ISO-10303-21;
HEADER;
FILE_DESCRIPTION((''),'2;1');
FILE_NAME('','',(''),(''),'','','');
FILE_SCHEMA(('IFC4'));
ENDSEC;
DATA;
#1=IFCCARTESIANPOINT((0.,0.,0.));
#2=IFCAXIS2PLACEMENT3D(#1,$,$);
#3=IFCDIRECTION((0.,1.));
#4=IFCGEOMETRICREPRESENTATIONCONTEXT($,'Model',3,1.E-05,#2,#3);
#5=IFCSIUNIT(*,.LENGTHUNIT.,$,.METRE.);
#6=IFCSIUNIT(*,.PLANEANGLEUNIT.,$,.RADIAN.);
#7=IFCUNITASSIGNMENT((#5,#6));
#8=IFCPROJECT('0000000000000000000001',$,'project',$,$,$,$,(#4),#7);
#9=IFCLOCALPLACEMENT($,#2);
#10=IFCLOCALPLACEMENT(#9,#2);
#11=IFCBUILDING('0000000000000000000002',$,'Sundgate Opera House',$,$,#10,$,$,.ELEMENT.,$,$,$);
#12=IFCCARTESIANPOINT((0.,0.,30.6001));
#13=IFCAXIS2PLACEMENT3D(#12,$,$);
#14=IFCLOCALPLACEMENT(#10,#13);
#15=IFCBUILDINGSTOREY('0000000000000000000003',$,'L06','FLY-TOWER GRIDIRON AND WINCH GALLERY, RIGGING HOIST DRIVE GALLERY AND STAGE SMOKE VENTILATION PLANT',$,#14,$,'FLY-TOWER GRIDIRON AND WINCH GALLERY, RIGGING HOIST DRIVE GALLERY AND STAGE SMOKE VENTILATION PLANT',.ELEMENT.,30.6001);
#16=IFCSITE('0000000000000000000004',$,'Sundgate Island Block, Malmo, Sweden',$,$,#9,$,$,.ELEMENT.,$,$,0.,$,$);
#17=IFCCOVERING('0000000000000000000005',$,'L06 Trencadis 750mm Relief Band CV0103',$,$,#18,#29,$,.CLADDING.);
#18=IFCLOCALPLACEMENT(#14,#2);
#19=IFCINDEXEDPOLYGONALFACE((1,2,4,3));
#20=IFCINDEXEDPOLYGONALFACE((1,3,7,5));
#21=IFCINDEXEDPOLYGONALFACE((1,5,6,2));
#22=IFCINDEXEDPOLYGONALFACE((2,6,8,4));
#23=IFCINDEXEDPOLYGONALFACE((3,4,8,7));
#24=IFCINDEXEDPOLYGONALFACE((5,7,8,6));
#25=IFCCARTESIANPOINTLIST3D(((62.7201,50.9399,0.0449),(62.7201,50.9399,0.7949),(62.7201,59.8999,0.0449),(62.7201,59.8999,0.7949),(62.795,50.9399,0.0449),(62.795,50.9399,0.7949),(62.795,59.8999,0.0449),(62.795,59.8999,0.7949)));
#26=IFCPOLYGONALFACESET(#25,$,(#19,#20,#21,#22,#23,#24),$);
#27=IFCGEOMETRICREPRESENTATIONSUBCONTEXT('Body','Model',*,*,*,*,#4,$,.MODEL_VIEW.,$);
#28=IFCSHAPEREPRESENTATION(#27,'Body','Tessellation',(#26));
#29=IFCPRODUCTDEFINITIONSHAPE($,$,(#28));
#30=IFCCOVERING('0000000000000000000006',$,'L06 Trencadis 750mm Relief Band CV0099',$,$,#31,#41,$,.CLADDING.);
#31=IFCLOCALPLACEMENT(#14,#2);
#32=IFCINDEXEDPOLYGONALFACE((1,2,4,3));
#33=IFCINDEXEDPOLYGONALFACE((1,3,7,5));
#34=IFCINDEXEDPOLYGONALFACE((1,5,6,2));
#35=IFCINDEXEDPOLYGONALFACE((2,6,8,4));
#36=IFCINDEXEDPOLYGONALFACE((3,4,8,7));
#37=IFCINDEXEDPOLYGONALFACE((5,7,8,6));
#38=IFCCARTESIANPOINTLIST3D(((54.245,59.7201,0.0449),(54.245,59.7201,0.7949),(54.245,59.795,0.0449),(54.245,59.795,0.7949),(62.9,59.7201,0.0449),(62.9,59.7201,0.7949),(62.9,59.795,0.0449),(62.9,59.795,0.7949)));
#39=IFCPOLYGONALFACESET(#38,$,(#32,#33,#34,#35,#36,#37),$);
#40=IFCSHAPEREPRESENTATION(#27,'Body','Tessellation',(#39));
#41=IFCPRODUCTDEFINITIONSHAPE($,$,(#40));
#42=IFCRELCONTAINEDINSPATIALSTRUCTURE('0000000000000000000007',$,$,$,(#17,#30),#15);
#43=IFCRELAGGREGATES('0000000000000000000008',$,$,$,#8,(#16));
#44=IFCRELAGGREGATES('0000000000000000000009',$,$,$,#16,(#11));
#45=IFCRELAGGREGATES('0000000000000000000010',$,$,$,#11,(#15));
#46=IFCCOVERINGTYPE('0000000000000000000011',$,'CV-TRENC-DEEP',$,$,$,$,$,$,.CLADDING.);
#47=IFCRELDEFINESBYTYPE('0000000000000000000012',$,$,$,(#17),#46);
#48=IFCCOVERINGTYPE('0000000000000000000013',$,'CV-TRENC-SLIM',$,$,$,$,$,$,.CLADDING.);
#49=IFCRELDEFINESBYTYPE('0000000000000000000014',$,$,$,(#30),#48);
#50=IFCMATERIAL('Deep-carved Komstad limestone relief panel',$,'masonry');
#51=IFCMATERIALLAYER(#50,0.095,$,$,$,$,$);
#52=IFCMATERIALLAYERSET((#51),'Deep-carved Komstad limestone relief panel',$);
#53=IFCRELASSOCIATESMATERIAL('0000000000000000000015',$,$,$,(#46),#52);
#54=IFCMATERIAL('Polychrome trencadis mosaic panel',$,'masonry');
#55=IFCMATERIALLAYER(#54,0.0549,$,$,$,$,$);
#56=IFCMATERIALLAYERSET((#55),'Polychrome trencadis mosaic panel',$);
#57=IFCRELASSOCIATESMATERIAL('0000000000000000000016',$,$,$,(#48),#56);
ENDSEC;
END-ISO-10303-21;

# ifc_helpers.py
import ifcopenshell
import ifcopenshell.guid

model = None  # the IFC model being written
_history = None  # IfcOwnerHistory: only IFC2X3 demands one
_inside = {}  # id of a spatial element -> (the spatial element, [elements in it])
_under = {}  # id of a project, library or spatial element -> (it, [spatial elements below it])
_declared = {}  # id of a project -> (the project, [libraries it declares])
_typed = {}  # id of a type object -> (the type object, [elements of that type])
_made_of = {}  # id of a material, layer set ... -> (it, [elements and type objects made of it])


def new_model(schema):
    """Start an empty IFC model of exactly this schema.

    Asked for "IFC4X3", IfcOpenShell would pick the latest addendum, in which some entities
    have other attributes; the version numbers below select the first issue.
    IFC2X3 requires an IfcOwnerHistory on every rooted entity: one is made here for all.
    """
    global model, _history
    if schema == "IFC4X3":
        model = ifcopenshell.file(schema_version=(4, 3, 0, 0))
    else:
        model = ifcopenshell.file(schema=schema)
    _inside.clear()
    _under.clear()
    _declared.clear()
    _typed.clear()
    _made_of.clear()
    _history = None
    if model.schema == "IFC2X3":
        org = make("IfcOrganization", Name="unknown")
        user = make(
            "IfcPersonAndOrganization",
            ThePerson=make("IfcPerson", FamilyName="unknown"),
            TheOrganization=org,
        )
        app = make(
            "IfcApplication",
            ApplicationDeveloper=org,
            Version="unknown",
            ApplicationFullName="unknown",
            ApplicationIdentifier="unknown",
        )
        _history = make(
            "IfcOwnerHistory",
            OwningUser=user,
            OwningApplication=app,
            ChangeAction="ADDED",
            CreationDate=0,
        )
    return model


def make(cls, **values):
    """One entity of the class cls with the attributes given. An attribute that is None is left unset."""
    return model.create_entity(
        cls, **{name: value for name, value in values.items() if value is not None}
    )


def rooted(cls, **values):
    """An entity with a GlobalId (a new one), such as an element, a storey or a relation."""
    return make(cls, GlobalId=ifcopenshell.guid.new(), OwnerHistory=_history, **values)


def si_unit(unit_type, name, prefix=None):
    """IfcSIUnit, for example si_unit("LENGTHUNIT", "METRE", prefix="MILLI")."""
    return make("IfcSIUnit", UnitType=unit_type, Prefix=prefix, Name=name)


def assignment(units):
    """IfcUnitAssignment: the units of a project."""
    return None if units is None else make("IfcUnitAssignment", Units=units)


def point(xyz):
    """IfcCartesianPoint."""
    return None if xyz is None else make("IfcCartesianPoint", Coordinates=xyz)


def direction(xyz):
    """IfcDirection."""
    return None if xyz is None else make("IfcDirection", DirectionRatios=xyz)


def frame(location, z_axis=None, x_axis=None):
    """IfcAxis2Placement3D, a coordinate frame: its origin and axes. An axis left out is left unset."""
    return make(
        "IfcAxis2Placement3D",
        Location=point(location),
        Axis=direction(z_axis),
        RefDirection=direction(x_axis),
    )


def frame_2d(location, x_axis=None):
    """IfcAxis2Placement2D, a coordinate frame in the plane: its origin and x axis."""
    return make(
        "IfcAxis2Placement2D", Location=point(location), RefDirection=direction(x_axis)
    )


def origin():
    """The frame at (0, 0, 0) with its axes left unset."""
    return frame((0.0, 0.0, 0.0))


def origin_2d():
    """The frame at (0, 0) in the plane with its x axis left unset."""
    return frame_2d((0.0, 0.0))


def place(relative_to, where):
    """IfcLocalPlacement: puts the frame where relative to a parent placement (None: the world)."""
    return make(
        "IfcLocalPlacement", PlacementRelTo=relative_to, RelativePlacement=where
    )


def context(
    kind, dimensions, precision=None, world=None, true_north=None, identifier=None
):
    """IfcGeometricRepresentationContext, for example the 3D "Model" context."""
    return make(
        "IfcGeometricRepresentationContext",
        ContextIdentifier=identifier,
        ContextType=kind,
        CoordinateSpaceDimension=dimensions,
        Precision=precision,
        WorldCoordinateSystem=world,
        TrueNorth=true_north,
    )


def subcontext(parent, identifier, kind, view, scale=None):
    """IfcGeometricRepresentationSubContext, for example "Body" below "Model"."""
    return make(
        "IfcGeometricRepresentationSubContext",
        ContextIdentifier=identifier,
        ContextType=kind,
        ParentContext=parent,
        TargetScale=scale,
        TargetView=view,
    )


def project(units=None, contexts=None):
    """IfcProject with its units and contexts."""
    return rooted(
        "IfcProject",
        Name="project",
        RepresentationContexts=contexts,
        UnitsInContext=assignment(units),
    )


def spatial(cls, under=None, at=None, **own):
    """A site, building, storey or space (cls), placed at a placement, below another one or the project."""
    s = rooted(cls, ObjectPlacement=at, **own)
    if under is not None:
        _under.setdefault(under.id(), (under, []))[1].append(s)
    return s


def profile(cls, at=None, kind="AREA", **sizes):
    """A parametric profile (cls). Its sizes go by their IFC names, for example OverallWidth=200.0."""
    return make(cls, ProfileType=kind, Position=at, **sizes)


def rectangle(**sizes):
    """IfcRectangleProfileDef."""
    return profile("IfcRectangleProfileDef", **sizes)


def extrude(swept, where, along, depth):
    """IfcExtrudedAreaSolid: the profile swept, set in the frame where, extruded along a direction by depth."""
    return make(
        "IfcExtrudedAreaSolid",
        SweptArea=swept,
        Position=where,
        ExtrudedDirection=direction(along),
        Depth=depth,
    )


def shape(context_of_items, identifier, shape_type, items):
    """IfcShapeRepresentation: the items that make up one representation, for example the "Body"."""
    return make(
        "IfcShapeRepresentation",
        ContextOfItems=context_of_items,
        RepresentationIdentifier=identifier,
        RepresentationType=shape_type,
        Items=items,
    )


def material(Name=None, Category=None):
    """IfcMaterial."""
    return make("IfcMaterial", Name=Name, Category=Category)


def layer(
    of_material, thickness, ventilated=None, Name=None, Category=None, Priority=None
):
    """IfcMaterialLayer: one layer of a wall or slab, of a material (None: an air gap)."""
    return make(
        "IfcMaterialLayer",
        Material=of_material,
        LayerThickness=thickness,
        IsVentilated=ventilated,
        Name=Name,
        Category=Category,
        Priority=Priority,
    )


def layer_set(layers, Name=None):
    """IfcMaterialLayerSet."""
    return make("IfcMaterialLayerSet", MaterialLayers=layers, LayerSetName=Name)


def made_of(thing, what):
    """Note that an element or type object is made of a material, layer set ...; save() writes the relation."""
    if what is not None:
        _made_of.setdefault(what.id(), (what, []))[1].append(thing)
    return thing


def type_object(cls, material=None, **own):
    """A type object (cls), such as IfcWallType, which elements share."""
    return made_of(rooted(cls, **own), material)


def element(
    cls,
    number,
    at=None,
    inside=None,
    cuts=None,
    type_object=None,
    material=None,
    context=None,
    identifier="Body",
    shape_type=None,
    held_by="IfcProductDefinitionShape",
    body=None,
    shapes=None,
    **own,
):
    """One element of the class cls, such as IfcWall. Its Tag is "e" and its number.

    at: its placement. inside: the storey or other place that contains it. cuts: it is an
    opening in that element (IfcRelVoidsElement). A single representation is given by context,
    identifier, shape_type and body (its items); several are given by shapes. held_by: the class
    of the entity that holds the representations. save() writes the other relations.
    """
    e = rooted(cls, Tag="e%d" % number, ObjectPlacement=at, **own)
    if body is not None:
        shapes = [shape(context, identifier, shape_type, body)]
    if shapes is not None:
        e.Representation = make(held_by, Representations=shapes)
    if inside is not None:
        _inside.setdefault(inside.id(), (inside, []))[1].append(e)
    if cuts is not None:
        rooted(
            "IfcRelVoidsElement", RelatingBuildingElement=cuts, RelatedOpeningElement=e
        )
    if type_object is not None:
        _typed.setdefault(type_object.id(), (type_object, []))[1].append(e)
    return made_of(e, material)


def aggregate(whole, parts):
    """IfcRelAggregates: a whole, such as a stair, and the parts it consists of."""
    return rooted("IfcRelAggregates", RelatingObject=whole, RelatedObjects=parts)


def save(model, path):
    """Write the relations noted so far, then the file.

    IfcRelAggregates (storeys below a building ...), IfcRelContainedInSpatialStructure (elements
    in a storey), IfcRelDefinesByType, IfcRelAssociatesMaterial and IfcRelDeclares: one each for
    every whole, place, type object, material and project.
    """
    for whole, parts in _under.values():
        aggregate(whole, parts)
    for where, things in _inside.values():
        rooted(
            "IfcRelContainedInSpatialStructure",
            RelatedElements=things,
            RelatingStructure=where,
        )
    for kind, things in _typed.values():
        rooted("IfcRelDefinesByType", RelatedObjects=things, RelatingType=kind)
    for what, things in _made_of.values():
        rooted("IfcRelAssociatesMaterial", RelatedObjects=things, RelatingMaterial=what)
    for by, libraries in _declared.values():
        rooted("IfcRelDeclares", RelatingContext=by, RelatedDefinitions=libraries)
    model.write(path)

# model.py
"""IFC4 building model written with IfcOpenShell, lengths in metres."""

from ifc_helpers import new_model, si_unit, direction, frame, origin, origin_2d, place, context, subcontext, project, spatial, rectangle, extrude, material, layer, layer_set, type_object, element, save


model = new_model("IFC4")

# Units and contexts
model_context = context("Model", 3, precision=1e-05, world=origin(), true_north=direction((0.0, 1.0)))
body_context = subcontext(model_context, "Body", "Model", "MODEL_VIEW")
ifc_project = project(units=[si_unit("LENGTHUNIT", "METRE"), si_unit("PLANEANGLEUNIT", "RADIAN")], contexts=[model_context])

# Site, building, storey
site_placement = place(None, origin())
site = spatial("IfcSite", under=ifc_project, at=site_placement, Name="Sundgate Island Block, Malmo, Sweden", CompositionType="ELEMENT", RefElevation=0.0)
building_placement = place(site_placement, origin())
building = spatial("IfcBuilding", under=site, at=building_placement, Name="Sundgate Opera House", CompositionType="ELEMENT")
storey_placement = place(building_placement, frame((0.0, 0.0, 30.6001)))
storey = spatial("IfcBuildingStorey", under=building, at=storey_placement, Name="L06", Description="FLY-TOWER GRIDIRON AND WINCH GALLERY, RIGGING HOIST DRIVE GALLERY AND STAGE SMOKE VENTILATION PLANT", LongName="FLY-TOWER GRIDIRON AND WINCH GALLERY, RIGGING HOIST DRIVE GALLERY AND STAGE SMOKE VENTILATION PLANT", CompositionType="ELEMENT", Elevation=30.6001)

# Coverings
ifc_material_1 = material(Name="Deep-carved Komstad limestone relief panel", Category="masonry")
ifc_layer_1 = layer(ifc_material_1, 0.095)
ifc_layer_set_1 = layer_set([ifc_layer_1], Name="Deep-carved Komstad limestone relief panel")
covering_type_1 = type_object("IfcCoveringType", Name="CV-TRENC-DEEP", PredefinedType="CLADDING", material=ifc_layer_set_1)
covering_1_placement = place(storey_placement, frame((62.7576, 55.4199, 0.0449), z_axis=(0.0, 0.0, 1.0), x_axis=(0.0, 1.0, 0.0)))
element("IfcCovering", 1, at=covering_1_placement, inside=storey, type_object=covering_type_1, Name="L06 Trencadis 750mm Relief Band CV0103", PredefinedType="CLADDING", context=body_context, shape_type="SweptSolid", body=[
    extrude(rectangle(XDim=8.96, YDim=0.075, at=origin_2d()), origin(), (0.0, 0.0, 1.0), 0.75),
])
ifc_material_2 = material(Name="Polychrome trencadis mosaic panel", Category="masonry")
ifc_layer_2 = layer(ifc_material_2, 0.0549)
ifc_layer_set_2 = layer_set([ifc_layer_2], Name="Polychrome trencadis mosaic panel")
covering_type_2 = type_object("IfcCoveringType", Name="CV-TRENC-SLIM", PredefinedType="CLADDING", material=ifc_layer_set_2)
covering_2_placement = place(storey_placement, frame((58.5725, 59.7576, 0.0449), z_axis=(0.0, 0.0, 1.0), x_axis=(1.0, 0.0, 0.0)))
element("IfcCovering", 2, at=covering_2_placement, inside=storey, type_object=covering_type_2, Name="L06 Trencadis 750mm Relief Band CV0099", PredefinedType="CLADDING", context=body_context, shape_type="SweptSolid", body=[
    extrude(rectangle(XDim=8.655, YDim=0.075, at=origin_2d()), origin(), (0.0, 0.0, 1.0), 0.75),
])

save(model, "model.ifc")
